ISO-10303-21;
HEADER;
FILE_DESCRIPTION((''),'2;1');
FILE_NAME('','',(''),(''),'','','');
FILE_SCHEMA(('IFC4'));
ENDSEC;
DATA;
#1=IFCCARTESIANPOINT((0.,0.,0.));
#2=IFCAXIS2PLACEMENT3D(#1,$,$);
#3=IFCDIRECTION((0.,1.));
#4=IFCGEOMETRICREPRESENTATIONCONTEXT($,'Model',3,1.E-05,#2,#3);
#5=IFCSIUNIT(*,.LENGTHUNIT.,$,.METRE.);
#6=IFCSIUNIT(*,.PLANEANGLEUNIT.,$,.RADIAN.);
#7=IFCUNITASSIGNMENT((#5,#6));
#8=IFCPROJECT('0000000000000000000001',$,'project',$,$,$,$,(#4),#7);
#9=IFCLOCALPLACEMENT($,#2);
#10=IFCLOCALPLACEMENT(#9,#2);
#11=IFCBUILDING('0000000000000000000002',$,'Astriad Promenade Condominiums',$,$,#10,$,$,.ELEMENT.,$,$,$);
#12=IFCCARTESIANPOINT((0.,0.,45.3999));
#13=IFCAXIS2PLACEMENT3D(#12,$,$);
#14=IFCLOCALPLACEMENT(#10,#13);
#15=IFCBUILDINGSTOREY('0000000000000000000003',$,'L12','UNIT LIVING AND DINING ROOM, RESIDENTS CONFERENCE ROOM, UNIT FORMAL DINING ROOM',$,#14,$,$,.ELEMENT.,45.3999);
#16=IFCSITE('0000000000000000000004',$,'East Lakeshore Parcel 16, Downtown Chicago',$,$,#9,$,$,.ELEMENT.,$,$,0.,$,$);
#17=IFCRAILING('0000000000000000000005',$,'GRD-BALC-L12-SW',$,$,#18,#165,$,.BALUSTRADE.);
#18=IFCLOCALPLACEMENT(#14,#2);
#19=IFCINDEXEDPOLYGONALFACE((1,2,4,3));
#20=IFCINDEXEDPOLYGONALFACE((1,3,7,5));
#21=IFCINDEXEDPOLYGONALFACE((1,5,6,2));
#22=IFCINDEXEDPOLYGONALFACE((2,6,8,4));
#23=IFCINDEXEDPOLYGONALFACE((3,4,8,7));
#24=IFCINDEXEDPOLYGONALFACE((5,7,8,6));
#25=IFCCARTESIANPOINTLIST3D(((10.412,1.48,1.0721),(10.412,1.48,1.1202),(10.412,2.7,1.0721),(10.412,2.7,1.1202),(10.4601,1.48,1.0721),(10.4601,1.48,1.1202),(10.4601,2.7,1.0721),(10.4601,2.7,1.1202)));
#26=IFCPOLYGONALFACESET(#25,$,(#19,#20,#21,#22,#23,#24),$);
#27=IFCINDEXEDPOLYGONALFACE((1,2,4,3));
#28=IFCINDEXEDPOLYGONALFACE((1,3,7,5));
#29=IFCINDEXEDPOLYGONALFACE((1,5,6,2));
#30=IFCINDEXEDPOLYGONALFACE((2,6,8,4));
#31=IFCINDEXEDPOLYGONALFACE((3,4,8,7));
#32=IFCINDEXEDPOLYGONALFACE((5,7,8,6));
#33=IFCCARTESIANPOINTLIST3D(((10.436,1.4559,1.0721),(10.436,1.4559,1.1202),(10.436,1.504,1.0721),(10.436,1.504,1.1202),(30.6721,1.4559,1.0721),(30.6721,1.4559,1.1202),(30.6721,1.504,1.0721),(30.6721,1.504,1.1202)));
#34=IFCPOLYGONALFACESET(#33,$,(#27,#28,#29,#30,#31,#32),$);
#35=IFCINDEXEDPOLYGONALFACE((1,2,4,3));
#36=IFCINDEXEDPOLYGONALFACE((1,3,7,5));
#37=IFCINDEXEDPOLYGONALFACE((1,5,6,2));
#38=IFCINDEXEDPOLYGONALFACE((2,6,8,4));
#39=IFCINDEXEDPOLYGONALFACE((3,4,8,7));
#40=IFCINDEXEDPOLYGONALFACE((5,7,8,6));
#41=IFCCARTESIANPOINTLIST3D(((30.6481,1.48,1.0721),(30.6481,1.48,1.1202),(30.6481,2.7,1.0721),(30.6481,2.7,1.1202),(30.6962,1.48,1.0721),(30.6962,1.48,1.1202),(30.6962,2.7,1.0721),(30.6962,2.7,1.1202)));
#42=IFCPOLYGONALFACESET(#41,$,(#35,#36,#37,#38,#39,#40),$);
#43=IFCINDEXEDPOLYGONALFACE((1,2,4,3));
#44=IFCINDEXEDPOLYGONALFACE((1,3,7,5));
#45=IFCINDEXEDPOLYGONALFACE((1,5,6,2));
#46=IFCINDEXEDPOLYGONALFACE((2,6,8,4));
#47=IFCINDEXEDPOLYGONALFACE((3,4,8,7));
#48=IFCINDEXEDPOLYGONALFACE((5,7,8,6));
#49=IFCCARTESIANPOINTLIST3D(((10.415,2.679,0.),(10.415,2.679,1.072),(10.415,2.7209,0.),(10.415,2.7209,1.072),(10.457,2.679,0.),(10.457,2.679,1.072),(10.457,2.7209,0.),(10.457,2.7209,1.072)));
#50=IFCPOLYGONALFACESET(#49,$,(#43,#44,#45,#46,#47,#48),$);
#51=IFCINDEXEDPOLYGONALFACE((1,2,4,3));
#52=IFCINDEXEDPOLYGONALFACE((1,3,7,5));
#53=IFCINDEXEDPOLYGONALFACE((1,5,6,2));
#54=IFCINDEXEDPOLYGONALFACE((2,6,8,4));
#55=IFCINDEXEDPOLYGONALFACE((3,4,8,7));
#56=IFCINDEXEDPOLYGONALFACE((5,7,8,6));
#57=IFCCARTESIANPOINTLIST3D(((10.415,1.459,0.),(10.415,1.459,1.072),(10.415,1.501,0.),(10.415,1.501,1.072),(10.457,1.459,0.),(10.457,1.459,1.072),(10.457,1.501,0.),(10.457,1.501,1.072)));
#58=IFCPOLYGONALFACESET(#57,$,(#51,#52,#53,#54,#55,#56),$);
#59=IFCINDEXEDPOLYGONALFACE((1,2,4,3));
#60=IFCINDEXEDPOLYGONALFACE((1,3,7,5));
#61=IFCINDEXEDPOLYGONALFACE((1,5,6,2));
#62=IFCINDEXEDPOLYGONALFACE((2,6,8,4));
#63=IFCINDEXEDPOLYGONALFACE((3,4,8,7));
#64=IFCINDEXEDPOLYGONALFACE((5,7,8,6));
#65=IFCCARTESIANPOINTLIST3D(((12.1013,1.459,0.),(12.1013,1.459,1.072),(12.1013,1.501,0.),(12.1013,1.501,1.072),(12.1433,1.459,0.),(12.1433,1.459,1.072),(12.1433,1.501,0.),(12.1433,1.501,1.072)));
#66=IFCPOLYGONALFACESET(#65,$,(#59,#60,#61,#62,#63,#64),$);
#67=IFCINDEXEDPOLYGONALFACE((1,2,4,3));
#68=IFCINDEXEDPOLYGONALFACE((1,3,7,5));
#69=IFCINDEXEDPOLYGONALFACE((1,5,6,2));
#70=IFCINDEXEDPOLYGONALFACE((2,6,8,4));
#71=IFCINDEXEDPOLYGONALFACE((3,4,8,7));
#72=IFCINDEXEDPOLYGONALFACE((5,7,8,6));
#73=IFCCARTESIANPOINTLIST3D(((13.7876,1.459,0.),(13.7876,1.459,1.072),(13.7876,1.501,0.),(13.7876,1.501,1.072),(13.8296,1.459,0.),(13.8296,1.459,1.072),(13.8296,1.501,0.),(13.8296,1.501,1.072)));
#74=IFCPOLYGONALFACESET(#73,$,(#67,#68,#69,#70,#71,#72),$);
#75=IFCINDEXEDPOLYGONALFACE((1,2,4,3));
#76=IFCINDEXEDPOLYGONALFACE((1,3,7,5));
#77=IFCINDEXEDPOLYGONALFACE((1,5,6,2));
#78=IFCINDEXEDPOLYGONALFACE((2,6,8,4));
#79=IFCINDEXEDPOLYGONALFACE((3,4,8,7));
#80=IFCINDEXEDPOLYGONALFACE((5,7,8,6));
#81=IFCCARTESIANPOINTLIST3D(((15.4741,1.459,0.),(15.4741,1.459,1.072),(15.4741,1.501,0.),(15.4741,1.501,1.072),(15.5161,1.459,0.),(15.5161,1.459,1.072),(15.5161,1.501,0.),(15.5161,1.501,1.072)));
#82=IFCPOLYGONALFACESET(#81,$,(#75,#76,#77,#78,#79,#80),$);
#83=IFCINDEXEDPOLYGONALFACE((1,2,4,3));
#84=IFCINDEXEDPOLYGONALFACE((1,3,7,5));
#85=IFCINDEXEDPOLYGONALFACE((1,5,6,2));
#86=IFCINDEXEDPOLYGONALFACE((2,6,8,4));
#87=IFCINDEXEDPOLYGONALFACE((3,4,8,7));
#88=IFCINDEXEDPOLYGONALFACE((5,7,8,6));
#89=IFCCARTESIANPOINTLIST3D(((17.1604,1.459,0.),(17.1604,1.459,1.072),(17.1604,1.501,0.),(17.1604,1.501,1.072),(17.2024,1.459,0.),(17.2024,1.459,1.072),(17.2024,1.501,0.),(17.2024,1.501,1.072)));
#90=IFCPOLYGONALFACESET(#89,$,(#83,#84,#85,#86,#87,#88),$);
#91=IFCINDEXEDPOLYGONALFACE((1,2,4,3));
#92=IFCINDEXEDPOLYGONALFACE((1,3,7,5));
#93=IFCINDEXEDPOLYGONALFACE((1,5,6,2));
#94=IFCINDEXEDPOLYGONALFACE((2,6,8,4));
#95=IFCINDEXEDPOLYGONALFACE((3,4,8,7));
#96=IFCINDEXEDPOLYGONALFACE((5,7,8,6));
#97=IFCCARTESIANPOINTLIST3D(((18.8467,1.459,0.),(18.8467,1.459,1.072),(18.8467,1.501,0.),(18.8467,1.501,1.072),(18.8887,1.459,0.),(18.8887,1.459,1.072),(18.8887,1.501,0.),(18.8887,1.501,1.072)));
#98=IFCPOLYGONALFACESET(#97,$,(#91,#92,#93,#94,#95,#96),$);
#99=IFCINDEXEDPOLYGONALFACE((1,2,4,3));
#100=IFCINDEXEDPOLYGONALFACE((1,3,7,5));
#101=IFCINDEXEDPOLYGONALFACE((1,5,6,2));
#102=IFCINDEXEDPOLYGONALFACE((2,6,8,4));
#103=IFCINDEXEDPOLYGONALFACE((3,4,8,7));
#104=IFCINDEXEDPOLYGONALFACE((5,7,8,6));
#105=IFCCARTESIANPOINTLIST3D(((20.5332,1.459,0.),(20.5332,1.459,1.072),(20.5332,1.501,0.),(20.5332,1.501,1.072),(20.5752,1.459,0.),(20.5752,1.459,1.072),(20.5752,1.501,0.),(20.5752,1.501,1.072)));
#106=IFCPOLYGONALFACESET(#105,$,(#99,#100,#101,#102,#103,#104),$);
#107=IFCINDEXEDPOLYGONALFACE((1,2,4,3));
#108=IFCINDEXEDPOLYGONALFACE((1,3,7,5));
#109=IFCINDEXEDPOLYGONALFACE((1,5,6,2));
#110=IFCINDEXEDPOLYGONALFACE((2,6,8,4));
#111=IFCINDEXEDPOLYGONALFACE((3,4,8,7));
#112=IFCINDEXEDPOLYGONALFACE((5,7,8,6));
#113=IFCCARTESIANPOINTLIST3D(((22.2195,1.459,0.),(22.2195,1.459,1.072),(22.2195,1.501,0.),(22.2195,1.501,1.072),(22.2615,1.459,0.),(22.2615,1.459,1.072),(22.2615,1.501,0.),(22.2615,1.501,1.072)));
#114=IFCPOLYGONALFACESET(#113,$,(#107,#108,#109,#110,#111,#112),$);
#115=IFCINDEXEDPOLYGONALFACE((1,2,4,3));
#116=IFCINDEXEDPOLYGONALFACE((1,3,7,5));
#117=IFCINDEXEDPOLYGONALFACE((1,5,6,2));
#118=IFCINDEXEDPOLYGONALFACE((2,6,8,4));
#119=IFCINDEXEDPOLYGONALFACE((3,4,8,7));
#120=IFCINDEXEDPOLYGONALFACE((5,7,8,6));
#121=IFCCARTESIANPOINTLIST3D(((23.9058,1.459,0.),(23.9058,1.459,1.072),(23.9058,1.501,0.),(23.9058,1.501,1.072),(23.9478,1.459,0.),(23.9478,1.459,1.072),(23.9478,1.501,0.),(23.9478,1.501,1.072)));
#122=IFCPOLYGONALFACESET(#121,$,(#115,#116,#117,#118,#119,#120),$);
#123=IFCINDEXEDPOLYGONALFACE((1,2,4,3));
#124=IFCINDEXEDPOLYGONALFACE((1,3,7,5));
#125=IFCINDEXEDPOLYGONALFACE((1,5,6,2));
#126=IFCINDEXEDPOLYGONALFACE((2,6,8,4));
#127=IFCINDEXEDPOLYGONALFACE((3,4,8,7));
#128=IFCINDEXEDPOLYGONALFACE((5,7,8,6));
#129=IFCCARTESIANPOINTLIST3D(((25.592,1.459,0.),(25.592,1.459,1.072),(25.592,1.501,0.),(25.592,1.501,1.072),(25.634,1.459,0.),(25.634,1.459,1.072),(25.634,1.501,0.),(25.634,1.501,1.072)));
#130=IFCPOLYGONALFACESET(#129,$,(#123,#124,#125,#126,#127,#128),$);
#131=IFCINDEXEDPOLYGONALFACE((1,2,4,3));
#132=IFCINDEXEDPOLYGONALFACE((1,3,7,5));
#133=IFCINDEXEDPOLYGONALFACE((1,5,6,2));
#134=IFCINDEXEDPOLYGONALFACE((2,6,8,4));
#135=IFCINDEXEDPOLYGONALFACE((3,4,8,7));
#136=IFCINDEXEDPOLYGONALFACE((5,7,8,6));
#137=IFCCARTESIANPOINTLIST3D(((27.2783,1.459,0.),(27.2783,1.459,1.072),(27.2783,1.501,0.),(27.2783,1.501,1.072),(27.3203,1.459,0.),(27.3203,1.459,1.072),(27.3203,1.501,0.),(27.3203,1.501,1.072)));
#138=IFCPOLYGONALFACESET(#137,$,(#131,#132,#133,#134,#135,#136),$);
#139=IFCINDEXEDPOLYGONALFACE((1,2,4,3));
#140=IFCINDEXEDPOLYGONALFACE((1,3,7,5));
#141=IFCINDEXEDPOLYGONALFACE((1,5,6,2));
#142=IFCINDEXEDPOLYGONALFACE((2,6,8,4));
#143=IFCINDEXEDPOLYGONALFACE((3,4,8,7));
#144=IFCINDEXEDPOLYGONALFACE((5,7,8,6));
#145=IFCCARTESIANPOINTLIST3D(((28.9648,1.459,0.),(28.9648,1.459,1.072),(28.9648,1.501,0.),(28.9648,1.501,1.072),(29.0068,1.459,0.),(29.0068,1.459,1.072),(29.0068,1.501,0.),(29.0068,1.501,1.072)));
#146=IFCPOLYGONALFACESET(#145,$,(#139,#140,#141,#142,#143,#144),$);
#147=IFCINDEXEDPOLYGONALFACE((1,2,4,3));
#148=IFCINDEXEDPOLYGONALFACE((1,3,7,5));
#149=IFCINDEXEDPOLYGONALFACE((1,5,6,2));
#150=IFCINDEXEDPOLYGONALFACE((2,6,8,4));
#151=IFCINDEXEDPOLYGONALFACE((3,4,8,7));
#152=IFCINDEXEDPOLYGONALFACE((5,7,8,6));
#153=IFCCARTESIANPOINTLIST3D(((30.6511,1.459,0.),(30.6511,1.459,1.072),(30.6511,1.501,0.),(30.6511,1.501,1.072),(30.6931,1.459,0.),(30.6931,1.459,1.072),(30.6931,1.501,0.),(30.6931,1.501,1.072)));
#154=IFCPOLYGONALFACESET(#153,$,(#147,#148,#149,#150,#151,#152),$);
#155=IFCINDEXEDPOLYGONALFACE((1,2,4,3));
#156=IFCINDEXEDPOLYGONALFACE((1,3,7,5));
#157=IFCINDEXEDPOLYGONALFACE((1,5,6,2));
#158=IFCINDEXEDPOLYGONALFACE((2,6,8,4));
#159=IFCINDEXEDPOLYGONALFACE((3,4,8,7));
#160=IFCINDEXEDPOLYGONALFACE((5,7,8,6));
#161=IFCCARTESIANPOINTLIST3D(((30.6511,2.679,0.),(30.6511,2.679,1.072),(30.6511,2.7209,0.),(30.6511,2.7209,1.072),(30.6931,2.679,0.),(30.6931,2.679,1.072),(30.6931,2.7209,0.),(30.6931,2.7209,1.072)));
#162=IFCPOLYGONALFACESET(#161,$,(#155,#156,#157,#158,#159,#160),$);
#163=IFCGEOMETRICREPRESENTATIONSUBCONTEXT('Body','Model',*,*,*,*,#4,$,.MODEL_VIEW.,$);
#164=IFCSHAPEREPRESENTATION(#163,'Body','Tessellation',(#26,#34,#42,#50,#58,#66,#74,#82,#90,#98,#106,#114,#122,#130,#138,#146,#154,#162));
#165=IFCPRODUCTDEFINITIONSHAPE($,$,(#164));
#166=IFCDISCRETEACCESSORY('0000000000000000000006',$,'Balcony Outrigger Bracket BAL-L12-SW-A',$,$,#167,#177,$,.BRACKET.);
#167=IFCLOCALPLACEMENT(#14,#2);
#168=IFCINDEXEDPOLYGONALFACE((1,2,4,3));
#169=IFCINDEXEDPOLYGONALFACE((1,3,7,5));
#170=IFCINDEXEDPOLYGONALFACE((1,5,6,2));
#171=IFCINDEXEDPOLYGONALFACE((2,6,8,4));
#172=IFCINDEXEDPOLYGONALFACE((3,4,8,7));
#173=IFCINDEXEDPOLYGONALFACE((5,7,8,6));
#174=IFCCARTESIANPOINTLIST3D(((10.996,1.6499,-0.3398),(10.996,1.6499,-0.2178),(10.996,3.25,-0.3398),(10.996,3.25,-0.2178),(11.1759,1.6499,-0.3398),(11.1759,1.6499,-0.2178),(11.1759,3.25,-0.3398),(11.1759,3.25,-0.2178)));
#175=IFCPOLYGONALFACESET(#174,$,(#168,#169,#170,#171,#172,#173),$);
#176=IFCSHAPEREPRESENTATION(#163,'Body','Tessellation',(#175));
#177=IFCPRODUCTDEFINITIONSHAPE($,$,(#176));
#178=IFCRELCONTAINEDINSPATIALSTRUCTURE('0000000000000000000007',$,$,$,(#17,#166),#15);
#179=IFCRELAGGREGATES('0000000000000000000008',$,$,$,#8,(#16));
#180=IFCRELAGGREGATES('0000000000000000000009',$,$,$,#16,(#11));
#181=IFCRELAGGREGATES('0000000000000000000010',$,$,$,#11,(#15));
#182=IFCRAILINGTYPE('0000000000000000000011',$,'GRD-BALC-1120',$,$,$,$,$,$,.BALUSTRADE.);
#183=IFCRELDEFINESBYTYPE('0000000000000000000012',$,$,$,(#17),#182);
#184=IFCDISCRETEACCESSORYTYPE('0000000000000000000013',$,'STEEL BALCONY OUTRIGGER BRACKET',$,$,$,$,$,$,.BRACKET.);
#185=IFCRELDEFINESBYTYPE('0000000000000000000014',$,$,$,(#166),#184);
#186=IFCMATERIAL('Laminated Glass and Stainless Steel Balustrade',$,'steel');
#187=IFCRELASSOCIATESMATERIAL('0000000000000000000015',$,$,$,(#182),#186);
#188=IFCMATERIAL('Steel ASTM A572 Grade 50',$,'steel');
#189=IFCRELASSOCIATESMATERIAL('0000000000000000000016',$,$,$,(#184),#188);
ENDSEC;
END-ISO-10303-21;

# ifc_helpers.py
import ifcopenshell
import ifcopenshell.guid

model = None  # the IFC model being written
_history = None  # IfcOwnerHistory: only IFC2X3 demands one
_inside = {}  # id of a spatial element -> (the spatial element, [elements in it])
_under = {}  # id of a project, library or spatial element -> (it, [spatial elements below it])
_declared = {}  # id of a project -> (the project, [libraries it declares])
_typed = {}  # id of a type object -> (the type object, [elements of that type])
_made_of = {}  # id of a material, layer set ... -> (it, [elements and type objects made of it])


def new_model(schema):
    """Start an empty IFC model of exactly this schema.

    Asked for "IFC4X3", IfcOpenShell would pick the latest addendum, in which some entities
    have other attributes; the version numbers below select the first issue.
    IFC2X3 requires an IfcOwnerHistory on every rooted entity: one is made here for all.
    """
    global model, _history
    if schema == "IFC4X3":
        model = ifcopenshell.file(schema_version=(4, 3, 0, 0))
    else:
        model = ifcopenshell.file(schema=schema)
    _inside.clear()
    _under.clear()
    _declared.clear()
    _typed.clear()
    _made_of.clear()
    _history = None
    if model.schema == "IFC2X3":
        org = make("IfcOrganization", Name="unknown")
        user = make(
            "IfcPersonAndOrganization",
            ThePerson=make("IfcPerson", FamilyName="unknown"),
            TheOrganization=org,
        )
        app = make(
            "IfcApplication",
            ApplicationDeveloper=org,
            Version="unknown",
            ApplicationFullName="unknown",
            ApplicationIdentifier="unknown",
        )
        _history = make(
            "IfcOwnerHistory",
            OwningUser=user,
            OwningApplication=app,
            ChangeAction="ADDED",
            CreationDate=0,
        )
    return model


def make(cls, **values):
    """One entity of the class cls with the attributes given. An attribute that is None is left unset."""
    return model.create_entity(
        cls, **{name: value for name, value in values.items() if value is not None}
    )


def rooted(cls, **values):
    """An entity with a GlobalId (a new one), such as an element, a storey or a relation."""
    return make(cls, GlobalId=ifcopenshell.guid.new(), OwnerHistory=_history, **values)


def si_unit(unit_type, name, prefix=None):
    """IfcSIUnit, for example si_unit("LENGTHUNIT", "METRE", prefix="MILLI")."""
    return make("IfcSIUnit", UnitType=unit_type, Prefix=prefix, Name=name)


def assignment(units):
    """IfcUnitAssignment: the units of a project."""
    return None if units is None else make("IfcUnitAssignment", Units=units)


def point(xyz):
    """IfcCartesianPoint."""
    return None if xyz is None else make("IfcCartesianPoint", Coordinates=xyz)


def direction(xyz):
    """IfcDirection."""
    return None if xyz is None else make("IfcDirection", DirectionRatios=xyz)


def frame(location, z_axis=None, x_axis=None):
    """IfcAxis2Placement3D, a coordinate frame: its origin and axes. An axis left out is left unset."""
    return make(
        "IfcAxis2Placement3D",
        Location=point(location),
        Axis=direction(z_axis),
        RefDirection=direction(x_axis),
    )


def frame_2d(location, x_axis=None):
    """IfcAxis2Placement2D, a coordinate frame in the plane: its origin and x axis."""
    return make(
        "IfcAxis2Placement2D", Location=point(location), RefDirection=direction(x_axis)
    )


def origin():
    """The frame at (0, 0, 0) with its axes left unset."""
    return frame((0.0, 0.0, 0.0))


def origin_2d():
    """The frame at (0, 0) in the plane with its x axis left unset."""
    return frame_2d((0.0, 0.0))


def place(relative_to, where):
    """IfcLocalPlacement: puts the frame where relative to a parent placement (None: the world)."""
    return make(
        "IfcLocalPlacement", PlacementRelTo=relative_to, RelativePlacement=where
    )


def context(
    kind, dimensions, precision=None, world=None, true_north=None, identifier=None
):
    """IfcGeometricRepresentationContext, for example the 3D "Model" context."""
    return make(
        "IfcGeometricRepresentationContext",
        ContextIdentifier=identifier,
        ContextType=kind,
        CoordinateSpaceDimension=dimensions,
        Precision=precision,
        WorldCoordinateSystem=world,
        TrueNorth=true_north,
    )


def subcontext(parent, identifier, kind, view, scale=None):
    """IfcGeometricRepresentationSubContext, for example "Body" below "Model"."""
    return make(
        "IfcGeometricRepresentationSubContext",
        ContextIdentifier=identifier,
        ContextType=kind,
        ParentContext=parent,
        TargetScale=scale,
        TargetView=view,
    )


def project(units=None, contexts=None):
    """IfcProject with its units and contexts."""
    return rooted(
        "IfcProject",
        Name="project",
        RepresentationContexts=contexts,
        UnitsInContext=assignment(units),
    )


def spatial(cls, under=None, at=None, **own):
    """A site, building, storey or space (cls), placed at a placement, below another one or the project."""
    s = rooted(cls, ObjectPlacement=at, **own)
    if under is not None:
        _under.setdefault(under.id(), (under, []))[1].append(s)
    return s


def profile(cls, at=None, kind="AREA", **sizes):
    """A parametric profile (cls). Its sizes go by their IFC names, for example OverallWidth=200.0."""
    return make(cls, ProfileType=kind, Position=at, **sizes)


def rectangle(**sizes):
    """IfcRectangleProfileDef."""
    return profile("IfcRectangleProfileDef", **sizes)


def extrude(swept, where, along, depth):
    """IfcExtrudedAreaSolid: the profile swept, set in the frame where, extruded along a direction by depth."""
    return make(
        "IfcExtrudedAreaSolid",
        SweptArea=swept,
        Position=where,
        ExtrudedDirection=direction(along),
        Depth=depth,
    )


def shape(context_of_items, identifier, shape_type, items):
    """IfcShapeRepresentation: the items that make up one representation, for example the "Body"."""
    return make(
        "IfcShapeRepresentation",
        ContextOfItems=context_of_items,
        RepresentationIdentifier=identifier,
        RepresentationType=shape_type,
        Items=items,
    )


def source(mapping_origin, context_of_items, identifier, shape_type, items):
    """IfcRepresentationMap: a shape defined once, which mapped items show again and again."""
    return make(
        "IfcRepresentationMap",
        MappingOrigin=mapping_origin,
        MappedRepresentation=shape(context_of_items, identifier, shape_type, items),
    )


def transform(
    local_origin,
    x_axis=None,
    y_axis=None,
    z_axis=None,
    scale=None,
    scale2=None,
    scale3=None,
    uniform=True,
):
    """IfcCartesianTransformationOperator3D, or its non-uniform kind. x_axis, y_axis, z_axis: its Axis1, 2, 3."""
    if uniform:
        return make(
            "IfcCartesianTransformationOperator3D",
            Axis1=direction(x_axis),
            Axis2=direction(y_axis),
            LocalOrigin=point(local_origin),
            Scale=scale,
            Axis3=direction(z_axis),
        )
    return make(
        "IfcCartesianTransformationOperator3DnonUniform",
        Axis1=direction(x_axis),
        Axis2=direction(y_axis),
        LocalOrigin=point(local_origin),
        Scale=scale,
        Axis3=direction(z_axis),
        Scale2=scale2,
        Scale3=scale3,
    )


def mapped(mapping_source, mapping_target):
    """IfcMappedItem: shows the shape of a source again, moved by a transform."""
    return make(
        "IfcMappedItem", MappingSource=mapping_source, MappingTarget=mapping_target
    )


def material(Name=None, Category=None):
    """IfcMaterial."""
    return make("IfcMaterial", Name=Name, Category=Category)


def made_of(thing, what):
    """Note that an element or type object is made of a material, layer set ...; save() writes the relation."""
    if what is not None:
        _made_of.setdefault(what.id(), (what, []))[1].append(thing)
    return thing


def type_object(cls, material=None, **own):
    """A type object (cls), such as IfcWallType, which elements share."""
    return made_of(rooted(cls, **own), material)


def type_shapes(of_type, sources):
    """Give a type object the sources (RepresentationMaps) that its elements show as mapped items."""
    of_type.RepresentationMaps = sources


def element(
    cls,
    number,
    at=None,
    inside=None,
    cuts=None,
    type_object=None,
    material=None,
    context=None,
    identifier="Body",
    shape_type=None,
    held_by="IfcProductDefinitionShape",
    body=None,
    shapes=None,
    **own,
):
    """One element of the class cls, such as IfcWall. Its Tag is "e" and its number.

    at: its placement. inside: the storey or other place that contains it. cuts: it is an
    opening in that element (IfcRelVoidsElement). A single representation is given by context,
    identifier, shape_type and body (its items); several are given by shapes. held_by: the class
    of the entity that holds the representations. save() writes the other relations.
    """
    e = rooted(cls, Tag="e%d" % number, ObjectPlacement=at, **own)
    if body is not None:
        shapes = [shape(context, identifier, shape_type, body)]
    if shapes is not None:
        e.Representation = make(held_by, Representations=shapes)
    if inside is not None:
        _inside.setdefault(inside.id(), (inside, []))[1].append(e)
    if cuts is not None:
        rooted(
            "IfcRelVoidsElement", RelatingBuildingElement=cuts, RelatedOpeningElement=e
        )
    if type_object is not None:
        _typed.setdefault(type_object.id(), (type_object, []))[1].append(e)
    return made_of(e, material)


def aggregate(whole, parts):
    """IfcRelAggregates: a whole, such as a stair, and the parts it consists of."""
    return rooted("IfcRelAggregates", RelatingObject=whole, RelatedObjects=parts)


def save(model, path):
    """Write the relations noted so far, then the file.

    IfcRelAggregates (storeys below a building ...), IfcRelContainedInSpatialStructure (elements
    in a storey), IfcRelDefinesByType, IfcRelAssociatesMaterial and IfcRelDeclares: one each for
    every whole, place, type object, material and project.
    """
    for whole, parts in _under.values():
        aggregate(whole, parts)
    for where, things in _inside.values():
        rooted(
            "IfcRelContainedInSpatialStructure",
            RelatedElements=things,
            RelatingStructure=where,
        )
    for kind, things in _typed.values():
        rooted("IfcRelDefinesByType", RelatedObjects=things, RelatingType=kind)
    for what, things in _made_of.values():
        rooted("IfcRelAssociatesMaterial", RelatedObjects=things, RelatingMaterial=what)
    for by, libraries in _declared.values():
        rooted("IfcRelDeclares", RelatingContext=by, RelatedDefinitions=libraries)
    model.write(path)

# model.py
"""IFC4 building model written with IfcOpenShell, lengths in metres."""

from ifc_helpers import new_model, si_unit, direction, frame, origin, origin_2d, place, context, subcontext, project, spatial, rectangle, extrude, source, transform, mapped, material, type_object, type_shapes, element, save


model = new_model("IFC4")

# Units and contexts
model_context = context("Model", 3, precision=1e-05, world=origin(), true_north=direction((0.0, 1.0)))
body_context = subcontext(model_context, "Body", "Model", "MODEL_VIEW")
ifc_project = project(units=[si_unit("LENGTHUNIT", "METRE"), si_unit("PLANEANGLEUNIT", "RADIAN")], contexts=[model_context])

# Site, building, storey
site_placement = place(None, origin())
site = spatial("IfcSite", under=ifc_project, at=site_placement, Name="East Lakeshore Parcel 16, Downtown Chicago", CompositionType="ELEMENT", RefElevation=0.0)
building_placement = place(site_placement, origin())
building = spatial("IfcBuilding", under=site, at=building_placement, Name="Astriad Promenade Condominiums", CompositionType="ELEMENT")
storey_placement = place(building_placement, frame((0.0, 0.0, 45.3999)))
storey = spatial("IfcBuildingStorey", under=building, at=storey_placement, Name="L12", Description="UNIT LIVING AND DINING ROOM, RESIDENTS CONFERENCE ROOM, UNIT FORMAL DINING ROOM", CompositionType="ELEMENT", Elevation=45.3999)

# Railing
ifc_material_1 = material(Name="Laminated Glass and Stainless Steel Balustrade", Category="steel")
railing_type = type_object("IfcRailingType", Name="GRD-BALC-1120", PredefinedType="BALUSTRADE", material=ifc_material_1)
shared_shape_1 = source(origin(), body_context, "Body", "SweptSolid", [
    extrude(rectangle(XDim=0.0481, YDim=0.0481, at=origin_2d()), frame((0.0, 0.0, 1.0962), z_axis=(0.0, -1.0, 0.0), x_axis=(1.0, 0.0, 0.0)), (0.0, 0.0, 1.0), 1.22),
    extrude(rectangle(XDim=0.0481, YDim=0.0481, at=origin_2d()), frame((0.0, -1.22, 1.0962), z_axis=(1.0, 0.0, 0.0), x_axis=(0.0, 1.0, 0.0)), (0.0, 0.0, 1.0), 20.2361),
    extrude(rectangle(XDim=0.0481, YDim=0.0481, at=origin_2d()), frame((20.2361, -1.22, 1.0962), z_axis=(0.0, 1.0, 0.0), x_axis=(-1.0, 0.0, 0.0)), (0.0, 0.0, 1.0), 1.22),
    extrude(rectangle(XDim=0.042, YDim=0.042, at=origin_2d()), origin(), (0.0, 0.0, 1.0), 1.072),
    extrude(rectangle(XDim=0.042, YDim=0.042, at=origin_2d()), frame((0.0, -1.22, 0.0)), (0.0, 0.0, 1.0), 1.072),
    extrude(rectangle(XDim=0.042, YDim=0.042, at=origin_2d()), frame((1.6863, -1.22, 0.0)), (0.0, 0.0, 1.0), 1.072),
    extrude(rectangle(XDim=0.042, YDim=0.042, at=origin_2d()), frame((3.3726, -1.22, 0.0)), (0.0, 0.0, 1.0), 1.072),
    extrude(rectangle(XDim=0.042, YDim=0.042, at=origin_2d()), frame((5.0591, -1.22, 0.0)), (0.0, 0.0, 1.0), 1.072),
    extrude(rectangle(XDim=0.042, YDim=0.042, at=origin_2d()), frame((6.7454, -1.22, 0.0)), (0.0, 0.0, 1.0), 1.072),
    extrude(rectangle(XDim=0.042, YDim=0.042, at=origin_2d()), frame((8.4316, -1.22, 0.0)), (0.0, 0.0, 1.0), 1.072),
    extrude(rectangle(XDim=0.042, YDim=0.042, at=origin_2d()), frame((10.1182, -1.22, 0.0)), (0.0, 0.0, 1.0), 1.072),
    extrude(rectangle(XDim=0.042, YDim=0.042, at=origin_2d()), frame((11.8044, -1.22, 0.0)), (0.0, 0.0, 1.0), 1.072),
    extrude(rectangle(XDim=0.042, YDim=0.042, at=origin_2d()), frame((13.4907, -1.22, 0.0)), (0.0, 0.0, 1.0), 1.072),
    extrude(rectangle(XDim=0.042, YDim=0.042, at=origin_2d()), frame((15.177, -1.22, 0.0)), (0.0, 0.0, 1.0), 1.072),
    extrude(rectangle(XDim=0.042, YDim=0.042, at=origin_2d()), frame((16.8633, -1.22, 0.0)), (0.0, 0.0, 1.0), 1.072),
    extrude(rectangle(XDim=0.042, YDim=0.042, at=origin_2d()), frame((18.5498, -1.22, 0.0)), (0.0, 0.0, 1.0), 1.072),
    extrude(rectangle(XDim=0.042, YDim=0.042, at=origin_2d()), frame((20.2361, -1.22, 0.0)), (0.0, 0.0, 1.0), 1.072),
    extrude(rectangle(XDim=0.042, YDim=0.042, at=origin_2d()), frame((20.2361, 0.0, 0.0)), (0.0, 0.0, 1.0), 1.072),
])
type_shapes(railing_type, [shared_shape_1])
railing_placement = place(storey_placement, frame((10.436, 2.7, 0.0)))
element("IfcRailing", 1, at=railing_placement, inside=storey, type_object=railing_type, Name="GRD-BALC-L12-SW", PredefinedType="BALUSTRADE", context=body_context, shape_type="MappedRepresentation", body=[
    mapped(shared_shape_1, transform((0.0, 0.0, 0.0), scale=1.0)),
])

# Discrete accessory
ifc_material_2 = material(Name="Steel ASTM A572 Grade 50", Category="steel")
discrete_accessory_type = type_object("IfcDiscreteAccessoryType", Name="STEEL BALCONY OUTRIGGER BRACKET", PredefinedType="BRACKET", material=ifc_material_2)
shared_shape_2 = source(origin(), body_context, "Body", "SweptSolid", [
    extrude(rectangle(XDim=1.6001, YDim=0.1799, at=origin_2d()), origin(), (0.0, 0.0, 1.0), 0.1221),
])
type_shapes(discrete_accessory_type, [shared_shape_2])
discrete_accessory_placement = place(storey_placement, frame((11.0859, 2.45, -0.3398), z_axis=(0.0, 0.0, 1.0), x_axis=(0.0, -1.0, 0.0)))
element("IfcDiscreteAccessory", 2, at=discrete_accessory_placement, inside=storey, type_object=discrete_accessory_type, Name="Balcony Outrigger Bracket BAL-L12-SW-A", PredefinedType="BRACKET", context=body_context, shape_type="MappedRepresentation", body=[
    mapped(shared_shape_2, transform((0.0, 0.0, 0.0), scale=1.0)),
])

save(model, "model.ifc")
